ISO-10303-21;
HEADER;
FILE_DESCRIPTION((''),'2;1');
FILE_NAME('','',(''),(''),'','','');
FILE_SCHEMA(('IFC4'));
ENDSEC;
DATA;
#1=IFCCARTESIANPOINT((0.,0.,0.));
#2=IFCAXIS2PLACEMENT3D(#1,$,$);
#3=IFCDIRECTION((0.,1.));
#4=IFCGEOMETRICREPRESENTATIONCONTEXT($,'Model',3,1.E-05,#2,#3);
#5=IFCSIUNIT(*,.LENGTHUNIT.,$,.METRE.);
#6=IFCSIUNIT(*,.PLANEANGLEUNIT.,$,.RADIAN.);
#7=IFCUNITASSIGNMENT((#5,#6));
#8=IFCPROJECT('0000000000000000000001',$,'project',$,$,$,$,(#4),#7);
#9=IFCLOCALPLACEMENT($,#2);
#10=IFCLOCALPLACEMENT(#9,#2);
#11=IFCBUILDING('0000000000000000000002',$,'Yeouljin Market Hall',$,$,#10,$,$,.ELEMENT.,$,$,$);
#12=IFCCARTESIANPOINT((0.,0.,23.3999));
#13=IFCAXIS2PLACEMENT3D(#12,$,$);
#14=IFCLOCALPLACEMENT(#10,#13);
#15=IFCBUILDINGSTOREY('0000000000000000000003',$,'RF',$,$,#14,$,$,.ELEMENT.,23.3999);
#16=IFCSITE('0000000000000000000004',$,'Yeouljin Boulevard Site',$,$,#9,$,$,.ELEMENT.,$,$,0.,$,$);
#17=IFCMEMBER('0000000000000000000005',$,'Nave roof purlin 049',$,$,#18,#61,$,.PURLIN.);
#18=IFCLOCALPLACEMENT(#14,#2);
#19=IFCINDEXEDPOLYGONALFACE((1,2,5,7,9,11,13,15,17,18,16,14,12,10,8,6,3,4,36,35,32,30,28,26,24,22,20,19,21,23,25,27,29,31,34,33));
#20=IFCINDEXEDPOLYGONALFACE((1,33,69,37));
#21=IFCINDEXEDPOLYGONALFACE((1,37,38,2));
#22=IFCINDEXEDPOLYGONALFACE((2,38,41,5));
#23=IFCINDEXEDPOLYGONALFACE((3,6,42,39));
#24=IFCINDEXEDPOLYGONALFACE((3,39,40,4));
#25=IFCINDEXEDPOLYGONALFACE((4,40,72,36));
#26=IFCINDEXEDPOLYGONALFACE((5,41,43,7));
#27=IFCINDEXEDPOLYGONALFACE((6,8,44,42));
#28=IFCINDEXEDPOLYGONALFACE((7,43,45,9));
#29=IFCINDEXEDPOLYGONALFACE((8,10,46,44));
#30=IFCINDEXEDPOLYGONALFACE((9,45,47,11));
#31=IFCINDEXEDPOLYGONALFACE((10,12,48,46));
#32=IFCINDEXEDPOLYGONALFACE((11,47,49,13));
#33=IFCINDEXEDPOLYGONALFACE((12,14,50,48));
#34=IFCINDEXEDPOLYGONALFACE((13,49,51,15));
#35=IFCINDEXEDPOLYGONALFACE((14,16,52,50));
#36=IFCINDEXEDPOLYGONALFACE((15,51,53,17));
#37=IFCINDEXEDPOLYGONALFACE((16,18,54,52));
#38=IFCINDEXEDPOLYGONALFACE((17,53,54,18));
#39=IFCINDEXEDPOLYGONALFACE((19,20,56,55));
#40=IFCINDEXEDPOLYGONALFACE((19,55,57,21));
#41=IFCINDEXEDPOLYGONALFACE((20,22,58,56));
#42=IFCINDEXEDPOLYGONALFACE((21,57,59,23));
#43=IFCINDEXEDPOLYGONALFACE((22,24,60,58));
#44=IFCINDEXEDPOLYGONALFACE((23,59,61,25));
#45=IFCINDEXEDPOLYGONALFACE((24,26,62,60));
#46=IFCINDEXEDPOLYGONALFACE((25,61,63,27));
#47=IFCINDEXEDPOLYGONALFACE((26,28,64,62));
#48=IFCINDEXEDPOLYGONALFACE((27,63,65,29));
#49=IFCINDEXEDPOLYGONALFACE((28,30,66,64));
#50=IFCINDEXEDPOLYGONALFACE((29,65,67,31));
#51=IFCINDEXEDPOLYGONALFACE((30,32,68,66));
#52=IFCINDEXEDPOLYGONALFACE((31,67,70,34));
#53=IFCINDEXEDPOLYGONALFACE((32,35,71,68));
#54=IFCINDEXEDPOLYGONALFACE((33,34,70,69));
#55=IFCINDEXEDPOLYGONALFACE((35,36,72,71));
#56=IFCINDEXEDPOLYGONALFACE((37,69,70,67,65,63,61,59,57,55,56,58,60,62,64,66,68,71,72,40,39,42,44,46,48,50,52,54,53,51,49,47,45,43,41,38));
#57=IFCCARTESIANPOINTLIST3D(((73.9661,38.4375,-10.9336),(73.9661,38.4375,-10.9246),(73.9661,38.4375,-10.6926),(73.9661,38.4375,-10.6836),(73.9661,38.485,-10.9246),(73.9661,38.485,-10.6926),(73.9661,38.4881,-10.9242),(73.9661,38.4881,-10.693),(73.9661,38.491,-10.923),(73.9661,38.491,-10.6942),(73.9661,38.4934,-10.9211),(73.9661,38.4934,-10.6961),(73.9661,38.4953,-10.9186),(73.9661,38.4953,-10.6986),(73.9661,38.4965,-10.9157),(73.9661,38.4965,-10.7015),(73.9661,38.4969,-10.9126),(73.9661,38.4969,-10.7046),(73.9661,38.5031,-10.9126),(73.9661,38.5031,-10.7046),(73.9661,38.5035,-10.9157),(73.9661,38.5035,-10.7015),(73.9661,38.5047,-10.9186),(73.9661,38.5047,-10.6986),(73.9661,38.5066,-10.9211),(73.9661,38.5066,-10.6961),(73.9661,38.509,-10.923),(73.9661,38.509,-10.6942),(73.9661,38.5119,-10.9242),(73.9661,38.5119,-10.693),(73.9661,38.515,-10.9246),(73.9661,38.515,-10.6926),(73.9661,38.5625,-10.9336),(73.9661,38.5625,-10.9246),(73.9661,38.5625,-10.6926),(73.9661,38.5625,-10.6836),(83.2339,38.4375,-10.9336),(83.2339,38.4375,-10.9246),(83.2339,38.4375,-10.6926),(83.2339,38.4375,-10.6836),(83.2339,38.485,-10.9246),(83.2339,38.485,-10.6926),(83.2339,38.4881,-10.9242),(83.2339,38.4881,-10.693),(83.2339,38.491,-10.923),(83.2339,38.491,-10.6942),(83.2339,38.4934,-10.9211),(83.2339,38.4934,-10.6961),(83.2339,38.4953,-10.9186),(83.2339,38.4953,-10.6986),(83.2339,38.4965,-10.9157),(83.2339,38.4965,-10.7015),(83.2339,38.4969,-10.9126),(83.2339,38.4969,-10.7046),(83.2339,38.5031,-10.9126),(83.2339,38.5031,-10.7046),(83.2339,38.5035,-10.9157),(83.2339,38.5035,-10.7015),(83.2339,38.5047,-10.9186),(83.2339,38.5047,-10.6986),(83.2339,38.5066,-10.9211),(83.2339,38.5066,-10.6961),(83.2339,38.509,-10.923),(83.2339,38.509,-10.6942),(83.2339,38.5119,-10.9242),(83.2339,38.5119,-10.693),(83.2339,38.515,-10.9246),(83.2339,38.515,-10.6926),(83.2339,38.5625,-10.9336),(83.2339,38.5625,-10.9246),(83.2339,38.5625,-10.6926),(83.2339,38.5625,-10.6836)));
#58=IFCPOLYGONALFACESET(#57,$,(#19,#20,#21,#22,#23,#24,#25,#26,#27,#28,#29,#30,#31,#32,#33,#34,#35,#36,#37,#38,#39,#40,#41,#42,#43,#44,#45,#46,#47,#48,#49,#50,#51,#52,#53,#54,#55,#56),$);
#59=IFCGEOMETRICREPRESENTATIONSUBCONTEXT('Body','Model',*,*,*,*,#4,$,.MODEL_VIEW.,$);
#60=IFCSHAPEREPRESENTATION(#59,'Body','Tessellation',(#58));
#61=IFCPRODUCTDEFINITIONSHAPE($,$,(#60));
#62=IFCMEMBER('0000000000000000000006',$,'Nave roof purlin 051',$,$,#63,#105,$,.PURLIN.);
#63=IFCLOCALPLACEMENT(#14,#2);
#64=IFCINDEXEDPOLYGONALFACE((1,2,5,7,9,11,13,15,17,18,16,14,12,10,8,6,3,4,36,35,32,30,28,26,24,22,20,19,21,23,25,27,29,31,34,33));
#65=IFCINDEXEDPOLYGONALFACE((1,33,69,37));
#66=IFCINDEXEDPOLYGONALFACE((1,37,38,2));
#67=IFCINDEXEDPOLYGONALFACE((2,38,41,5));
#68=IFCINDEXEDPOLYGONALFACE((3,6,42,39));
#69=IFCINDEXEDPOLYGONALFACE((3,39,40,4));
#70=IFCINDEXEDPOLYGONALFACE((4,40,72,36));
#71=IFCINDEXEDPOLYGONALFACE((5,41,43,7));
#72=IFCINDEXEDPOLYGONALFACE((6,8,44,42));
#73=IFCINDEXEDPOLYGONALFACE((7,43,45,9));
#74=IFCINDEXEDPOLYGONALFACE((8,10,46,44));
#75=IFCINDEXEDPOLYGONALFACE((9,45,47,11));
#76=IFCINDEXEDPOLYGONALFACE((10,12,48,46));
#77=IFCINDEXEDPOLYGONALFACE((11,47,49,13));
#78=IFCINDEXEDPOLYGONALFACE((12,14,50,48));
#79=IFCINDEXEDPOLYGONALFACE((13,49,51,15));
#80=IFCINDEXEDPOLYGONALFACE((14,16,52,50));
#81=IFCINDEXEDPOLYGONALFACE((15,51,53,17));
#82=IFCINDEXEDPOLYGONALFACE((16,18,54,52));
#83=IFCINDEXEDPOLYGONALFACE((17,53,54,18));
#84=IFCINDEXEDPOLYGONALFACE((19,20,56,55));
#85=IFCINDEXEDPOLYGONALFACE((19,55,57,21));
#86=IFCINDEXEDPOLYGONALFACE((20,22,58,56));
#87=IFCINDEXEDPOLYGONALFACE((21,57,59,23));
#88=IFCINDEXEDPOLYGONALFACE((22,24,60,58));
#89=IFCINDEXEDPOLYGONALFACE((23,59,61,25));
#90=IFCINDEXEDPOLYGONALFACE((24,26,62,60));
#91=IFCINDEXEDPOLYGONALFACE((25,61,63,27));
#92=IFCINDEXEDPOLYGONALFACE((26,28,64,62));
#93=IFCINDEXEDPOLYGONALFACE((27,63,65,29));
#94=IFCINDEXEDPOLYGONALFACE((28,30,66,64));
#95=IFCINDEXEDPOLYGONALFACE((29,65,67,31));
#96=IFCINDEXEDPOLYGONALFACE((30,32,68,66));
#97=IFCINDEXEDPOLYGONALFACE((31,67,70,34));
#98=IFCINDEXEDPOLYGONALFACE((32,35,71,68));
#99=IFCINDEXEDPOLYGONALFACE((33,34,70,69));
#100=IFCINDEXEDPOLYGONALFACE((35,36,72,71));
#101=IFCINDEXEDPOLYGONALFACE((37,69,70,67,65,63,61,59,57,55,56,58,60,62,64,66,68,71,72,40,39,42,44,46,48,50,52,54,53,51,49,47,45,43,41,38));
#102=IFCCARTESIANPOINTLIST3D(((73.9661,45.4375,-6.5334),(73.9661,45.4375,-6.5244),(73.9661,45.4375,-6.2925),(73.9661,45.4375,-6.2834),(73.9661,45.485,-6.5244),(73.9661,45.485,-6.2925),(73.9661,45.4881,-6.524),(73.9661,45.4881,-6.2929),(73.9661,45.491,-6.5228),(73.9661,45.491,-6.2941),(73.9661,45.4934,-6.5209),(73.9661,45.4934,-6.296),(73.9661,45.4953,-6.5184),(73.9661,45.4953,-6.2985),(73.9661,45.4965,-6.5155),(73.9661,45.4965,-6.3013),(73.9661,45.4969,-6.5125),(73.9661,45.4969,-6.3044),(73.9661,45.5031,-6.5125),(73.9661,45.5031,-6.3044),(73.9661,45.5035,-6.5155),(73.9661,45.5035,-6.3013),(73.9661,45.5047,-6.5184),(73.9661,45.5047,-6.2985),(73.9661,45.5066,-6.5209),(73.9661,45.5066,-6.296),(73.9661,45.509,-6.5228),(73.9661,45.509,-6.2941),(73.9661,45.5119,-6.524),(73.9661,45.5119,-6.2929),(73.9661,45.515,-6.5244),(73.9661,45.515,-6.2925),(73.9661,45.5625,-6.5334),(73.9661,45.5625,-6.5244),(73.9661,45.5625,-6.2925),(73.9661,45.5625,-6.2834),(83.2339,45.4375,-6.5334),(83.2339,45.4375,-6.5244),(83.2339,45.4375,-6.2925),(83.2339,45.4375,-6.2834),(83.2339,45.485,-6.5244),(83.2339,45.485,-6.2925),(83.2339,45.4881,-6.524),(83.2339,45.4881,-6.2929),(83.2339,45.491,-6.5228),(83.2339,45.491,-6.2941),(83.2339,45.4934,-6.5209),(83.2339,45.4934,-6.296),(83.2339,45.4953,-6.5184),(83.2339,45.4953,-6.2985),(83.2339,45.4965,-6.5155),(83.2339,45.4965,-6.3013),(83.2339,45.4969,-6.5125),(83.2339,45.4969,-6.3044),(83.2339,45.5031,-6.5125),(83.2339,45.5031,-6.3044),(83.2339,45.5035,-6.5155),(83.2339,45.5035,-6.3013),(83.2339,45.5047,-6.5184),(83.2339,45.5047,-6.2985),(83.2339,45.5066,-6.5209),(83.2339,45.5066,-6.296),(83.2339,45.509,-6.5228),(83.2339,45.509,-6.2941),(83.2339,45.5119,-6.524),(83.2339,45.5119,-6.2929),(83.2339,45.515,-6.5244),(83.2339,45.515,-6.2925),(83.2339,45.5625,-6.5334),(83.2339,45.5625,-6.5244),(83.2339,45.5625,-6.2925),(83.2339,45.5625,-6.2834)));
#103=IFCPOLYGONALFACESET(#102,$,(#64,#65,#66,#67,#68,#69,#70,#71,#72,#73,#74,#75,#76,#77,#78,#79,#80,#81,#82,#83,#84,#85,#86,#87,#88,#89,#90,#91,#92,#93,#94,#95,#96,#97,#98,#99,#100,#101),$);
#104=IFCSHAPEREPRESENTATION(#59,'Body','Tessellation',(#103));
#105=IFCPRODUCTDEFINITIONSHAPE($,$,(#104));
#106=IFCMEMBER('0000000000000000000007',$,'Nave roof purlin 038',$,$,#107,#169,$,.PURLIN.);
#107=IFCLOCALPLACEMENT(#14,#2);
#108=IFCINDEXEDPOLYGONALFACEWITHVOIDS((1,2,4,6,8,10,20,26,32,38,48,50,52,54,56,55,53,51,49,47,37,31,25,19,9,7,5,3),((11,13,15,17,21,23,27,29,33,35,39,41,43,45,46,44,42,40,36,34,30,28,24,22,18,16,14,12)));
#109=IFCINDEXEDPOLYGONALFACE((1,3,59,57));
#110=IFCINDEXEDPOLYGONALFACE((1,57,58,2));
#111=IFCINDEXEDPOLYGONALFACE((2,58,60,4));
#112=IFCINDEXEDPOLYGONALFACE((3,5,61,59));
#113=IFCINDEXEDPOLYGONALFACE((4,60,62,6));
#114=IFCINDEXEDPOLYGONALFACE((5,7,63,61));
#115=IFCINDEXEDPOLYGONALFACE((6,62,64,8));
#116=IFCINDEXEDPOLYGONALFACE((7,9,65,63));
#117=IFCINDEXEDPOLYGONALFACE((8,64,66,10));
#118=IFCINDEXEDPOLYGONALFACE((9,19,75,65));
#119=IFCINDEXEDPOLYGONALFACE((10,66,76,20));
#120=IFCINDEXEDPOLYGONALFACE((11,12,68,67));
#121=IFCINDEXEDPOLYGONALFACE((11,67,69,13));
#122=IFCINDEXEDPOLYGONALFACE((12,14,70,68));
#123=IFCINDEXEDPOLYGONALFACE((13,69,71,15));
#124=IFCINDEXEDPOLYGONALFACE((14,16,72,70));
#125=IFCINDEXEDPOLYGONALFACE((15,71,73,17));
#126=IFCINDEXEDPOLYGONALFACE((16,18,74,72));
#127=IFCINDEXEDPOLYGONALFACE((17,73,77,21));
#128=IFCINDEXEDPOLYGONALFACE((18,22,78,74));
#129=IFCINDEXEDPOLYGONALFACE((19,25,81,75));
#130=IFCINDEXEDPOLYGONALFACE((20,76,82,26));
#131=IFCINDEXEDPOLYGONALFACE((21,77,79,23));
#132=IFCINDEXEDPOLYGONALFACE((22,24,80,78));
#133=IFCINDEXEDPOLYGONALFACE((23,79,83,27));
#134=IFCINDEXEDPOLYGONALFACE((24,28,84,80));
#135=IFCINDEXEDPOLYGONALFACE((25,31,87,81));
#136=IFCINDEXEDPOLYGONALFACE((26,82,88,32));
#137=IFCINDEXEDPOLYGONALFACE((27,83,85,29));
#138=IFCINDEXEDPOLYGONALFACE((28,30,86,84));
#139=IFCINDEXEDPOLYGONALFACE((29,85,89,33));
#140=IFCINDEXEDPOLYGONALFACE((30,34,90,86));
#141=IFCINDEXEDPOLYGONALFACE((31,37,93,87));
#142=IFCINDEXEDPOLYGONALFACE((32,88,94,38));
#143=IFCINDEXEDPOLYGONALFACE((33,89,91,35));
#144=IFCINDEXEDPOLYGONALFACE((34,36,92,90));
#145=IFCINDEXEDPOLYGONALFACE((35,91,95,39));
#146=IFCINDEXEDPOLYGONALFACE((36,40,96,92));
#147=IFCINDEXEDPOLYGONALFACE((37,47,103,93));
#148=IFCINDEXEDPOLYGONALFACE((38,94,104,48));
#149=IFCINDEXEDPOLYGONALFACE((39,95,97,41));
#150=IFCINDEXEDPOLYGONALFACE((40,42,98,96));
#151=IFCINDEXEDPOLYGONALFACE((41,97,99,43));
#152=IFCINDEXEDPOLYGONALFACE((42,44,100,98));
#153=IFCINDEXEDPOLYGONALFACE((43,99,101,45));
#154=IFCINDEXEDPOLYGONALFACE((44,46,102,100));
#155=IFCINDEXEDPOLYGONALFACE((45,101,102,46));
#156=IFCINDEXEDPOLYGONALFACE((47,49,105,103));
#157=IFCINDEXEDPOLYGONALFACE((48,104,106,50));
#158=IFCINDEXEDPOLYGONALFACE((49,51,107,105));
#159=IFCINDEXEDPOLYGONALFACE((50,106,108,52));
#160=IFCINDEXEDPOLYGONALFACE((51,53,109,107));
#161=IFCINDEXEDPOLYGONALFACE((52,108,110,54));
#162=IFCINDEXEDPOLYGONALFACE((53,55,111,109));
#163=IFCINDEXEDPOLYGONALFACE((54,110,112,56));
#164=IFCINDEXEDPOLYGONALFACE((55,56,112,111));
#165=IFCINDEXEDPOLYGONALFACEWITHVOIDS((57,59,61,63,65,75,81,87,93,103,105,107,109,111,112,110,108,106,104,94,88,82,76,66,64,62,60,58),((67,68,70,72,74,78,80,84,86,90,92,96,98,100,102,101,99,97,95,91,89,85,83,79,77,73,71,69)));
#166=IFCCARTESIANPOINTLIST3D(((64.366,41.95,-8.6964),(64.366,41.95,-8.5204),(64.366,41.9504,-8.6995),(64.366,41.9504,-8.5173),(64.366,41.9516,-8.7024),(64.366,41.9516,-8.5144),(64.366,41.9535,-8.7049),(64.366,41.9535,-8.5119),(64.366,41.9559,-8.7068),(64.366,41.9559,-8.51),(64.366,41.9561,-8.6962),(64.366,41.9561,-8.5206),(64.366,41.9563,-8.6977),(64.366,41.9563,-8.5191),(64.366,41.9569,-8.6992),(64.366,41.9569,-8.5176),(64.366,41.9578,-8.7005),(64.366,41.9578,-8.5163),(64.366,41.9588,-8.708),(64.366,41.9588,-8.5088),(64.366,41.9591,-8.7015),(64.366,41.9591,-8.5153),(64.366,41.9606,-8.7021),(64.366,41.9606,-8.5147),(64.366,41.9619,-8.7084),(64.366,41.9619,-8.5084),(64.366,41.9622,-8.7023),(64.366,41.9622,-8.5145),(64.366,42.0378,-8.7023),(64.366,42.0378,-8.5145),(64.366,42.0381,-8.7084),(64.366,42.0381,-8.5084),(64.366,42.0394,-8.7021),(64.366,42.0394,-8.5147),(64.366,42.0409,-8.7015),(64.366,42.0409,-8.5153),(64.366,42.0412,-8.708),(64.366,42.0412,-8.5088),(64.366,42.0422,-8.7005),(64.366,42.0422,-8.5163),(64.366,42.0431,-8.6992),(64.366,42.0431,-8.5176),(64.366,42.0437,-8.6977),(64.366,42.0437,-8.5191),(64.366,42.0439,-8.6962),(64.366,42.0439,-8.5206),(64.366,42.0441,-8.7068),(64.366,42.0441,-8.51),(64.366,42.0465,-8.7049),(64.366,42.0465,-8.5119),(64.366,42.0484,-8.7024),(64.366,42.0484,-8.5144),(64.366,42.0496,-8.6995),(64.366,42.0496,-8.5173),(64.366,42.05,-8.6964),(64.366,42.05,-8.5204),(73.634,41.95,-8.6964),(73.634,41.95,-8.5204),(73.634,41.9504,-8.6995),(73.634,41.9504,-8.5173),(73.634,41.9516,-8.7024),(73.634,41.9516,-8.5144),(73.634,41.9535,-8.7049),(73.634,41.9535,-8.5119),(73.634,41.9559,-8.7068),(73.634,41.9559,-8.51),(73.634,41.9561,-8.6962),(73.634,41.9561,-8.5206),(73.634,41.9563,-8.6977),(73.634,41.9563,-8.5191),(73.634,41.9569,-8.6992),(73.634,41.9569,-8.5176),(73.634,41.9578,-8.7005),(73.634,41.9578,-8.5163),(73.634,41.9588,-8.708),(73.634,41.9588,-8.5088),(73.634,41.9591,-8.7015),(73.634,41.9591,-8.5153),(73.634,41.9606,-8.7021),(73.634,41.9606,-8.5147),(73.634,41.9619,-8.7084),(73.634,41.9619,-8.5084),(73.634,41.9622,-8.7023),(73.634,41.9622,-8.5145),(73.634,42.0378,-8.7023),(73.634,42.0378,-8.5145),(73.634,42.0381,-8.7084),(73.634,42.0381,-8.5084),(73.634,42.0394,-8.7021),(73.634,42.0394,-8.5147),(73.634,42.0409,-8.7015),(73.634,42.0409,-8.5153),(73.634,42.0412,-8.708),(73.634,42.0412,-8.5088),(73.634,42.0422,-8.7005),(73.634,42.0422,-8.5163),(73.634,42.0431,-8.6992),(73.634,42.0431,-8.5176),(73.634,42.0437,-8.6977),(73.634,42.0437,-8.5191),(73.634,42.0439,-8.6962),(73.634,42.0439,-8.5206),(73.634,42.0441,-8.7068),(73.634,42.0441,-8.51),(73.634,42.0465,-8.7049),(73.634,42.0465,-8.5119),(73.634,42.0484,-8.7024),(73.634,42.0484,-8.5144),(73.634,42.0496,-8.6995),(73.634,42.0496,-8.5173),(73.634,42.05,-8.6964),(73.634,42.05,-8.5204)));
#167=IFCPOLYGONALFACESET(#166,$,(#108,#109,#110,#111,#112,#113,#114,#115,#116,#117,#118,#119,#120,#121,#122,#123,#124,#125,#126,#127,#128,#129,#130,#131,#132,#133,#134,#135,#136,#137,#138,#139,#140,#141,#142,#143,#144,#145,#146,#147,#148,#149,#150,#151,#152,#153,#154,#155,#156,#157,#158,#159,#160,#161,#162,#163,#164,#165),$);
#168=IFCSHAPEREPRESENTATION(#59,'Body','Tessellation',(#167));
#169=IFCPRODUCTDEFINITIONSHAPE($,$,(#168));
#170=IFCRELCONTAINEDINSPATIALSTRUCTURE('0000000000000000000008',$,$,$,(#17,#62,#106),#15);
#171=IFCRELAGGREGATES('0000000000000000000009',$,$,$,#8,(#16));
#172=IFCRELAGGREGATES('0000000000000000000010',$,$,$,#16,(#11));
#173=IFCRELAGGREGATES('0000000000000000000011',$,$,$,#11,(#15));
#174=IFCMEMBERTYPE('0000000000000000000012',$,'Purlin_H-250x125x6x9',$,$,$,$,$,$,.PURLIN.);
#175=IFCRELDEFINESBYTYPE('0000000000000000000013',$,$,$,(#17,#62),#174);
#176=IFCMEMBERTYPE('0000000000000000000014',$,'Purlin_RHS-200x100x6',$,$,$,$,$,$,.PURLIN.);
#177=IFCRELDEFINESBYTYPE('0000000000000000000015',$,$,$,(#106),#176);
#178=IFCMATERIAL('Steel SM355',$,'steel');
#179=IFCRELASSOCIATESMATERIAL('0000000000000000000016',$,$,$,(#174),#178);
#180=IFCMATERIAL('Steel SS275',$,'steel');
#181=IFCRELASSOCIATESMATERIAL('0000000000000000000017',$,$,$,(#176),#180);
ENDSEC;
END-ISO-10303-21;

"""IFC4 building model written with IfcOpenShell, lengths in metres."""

from ifc_helpers import new_model, si_unit, direction, frame, origin, origin_2d, place, context, subcontext, project, spatial, hollow_rectangle, i_section, extrude, material, material_profile, profile_set, type_object, element, save


model = new_model("IFC4")

# Units and contexts
model_context = context("Model", 3, precision=1e-05, world=origin(), true_north=direction((0.0, 1.0)))
body_context = subcontext(model_context, "Body", "Model", "MODEL_VIEW")
ifc_project = project(units=[si_unit("LENGTHUNIT", "METRE"), si_unit("PLANEANGLEUNIT", "RADIAN")], contexts=[model_context])

# Site, building, storey
site_placement = place(None, origin())
site = spatial("IfcSite", under=ifc_project, at=site_placement, Name="Yeouljin Boulevard Site", CompositionType="ELEMENT", RefElevation=0.0)
building_placement = place(site_placement, origin())
building = spatial("IfcBuilding", under=site, at=building_placement, Name="Yeouljin Market Hall", CompositionType="ELEMENT")
storey_placement = place(building_placement, frame((0.0, 0.0, 23.3999)))
storey = spatial("IfcBuildingStorey", under=building, at=storey_placement, Name="RF", CompositionType="ELEMENT", Elevation=23.3999)

# Members
ifc_material_1 = material(Name="Steel SM355", Category="steel")
ifc_material_profile_1 = material_profile(ifc_material_1, i_section(OverallWidth=0.125, OverallDepth=0.25, WebThickness=0.0061, FlangeThickness=0.009, FilletRadius=0.012, at=origin_2d()), Name="H-250x125x6x9")
ifc_profile_set_1 = profile_set([ifc_material_profile_1], Name="Steel SM355")
member_type_1 = type_object("IfcMemberType", Name="Purlin_H-250x125x6x9", PredefinedType="PURLIN", material=ifc_profile_set_1)
for number, where, z_axis, x_axis, name in (
    (1, (73.9661, 38.5, -10.8086), (1.0, 0.0, 0.0), (0.0, 1.0, 0.0), "Nave roof purlin 049"),
    (2, (73.9661, 45.5, -6.4084), (1.0, 0.0, 0.0), (0.0, 1.0, 0.0), "Nave roof purlin 051"),
):
    element("IfcMember", number, at=place(storey_placement, frame(where, z_axis=z_axis, x_axis=x_axis)), inside=storey, type_object=member_type_1, Name=name, PredefinedType="PURLIN", context=body_context, shape_type="SweptSolid", body=[
        extrude(i_section(OverallWidth=0.125, OverallDepth=0.25, WebThickness=0.0061, FlangeThickness=0.009, FilletRadius=0.012, at=origin_2d()), origin(), (0.0, 0.0, 1.0), 9.2678),
    ])
ifc_material_2 = material(Name="Steel SS275", Category="steel")
ifc_material_profile_2 = material_profile(ifc_material_2, hollow_rectangle(XDim=0.1001, YDim=0.2, WallThickness=0.0061, InnerFilletRadius=0.0061, OuterFilletRadius=0.012, at=origin_2d()), Name="RHS-200x100x6")
ifc_profile_set_2 = profile_set([ifc_material_profile_2], Name="Steel SS275")
member_type_2 = type_object("IfcMemberType", Name="Purlin_RHS-200x100x6", PredefinedType="PURLIN", material=ifc_profile_set_2)
member_1_placement = place(storey_placement, frame((64.366, 42.0, -8.6084), z_axis=(1.0, 0.0, 0.0), x_axis=(0.0, 1.0, 0.0)))
element("IfcMember", 3, at=member_1_placement, inside=storey, type_object=member_type_2, Name="Nave roof purlin 038", PredefinedType="PURLIN", context=body_context, shape_type="SweptSolid", body=[
    extrude(hollow_rectangle(XDim=0.1001, YDim=0.2, WallThickness=0.0061, InnerFilletRadius=0.0061, OuterFilletRadius=0.012, at=origin_2d()), origin(), (0.0, 0.0, 1.0), 9.2681),
])

save(model, "model.ifc")
